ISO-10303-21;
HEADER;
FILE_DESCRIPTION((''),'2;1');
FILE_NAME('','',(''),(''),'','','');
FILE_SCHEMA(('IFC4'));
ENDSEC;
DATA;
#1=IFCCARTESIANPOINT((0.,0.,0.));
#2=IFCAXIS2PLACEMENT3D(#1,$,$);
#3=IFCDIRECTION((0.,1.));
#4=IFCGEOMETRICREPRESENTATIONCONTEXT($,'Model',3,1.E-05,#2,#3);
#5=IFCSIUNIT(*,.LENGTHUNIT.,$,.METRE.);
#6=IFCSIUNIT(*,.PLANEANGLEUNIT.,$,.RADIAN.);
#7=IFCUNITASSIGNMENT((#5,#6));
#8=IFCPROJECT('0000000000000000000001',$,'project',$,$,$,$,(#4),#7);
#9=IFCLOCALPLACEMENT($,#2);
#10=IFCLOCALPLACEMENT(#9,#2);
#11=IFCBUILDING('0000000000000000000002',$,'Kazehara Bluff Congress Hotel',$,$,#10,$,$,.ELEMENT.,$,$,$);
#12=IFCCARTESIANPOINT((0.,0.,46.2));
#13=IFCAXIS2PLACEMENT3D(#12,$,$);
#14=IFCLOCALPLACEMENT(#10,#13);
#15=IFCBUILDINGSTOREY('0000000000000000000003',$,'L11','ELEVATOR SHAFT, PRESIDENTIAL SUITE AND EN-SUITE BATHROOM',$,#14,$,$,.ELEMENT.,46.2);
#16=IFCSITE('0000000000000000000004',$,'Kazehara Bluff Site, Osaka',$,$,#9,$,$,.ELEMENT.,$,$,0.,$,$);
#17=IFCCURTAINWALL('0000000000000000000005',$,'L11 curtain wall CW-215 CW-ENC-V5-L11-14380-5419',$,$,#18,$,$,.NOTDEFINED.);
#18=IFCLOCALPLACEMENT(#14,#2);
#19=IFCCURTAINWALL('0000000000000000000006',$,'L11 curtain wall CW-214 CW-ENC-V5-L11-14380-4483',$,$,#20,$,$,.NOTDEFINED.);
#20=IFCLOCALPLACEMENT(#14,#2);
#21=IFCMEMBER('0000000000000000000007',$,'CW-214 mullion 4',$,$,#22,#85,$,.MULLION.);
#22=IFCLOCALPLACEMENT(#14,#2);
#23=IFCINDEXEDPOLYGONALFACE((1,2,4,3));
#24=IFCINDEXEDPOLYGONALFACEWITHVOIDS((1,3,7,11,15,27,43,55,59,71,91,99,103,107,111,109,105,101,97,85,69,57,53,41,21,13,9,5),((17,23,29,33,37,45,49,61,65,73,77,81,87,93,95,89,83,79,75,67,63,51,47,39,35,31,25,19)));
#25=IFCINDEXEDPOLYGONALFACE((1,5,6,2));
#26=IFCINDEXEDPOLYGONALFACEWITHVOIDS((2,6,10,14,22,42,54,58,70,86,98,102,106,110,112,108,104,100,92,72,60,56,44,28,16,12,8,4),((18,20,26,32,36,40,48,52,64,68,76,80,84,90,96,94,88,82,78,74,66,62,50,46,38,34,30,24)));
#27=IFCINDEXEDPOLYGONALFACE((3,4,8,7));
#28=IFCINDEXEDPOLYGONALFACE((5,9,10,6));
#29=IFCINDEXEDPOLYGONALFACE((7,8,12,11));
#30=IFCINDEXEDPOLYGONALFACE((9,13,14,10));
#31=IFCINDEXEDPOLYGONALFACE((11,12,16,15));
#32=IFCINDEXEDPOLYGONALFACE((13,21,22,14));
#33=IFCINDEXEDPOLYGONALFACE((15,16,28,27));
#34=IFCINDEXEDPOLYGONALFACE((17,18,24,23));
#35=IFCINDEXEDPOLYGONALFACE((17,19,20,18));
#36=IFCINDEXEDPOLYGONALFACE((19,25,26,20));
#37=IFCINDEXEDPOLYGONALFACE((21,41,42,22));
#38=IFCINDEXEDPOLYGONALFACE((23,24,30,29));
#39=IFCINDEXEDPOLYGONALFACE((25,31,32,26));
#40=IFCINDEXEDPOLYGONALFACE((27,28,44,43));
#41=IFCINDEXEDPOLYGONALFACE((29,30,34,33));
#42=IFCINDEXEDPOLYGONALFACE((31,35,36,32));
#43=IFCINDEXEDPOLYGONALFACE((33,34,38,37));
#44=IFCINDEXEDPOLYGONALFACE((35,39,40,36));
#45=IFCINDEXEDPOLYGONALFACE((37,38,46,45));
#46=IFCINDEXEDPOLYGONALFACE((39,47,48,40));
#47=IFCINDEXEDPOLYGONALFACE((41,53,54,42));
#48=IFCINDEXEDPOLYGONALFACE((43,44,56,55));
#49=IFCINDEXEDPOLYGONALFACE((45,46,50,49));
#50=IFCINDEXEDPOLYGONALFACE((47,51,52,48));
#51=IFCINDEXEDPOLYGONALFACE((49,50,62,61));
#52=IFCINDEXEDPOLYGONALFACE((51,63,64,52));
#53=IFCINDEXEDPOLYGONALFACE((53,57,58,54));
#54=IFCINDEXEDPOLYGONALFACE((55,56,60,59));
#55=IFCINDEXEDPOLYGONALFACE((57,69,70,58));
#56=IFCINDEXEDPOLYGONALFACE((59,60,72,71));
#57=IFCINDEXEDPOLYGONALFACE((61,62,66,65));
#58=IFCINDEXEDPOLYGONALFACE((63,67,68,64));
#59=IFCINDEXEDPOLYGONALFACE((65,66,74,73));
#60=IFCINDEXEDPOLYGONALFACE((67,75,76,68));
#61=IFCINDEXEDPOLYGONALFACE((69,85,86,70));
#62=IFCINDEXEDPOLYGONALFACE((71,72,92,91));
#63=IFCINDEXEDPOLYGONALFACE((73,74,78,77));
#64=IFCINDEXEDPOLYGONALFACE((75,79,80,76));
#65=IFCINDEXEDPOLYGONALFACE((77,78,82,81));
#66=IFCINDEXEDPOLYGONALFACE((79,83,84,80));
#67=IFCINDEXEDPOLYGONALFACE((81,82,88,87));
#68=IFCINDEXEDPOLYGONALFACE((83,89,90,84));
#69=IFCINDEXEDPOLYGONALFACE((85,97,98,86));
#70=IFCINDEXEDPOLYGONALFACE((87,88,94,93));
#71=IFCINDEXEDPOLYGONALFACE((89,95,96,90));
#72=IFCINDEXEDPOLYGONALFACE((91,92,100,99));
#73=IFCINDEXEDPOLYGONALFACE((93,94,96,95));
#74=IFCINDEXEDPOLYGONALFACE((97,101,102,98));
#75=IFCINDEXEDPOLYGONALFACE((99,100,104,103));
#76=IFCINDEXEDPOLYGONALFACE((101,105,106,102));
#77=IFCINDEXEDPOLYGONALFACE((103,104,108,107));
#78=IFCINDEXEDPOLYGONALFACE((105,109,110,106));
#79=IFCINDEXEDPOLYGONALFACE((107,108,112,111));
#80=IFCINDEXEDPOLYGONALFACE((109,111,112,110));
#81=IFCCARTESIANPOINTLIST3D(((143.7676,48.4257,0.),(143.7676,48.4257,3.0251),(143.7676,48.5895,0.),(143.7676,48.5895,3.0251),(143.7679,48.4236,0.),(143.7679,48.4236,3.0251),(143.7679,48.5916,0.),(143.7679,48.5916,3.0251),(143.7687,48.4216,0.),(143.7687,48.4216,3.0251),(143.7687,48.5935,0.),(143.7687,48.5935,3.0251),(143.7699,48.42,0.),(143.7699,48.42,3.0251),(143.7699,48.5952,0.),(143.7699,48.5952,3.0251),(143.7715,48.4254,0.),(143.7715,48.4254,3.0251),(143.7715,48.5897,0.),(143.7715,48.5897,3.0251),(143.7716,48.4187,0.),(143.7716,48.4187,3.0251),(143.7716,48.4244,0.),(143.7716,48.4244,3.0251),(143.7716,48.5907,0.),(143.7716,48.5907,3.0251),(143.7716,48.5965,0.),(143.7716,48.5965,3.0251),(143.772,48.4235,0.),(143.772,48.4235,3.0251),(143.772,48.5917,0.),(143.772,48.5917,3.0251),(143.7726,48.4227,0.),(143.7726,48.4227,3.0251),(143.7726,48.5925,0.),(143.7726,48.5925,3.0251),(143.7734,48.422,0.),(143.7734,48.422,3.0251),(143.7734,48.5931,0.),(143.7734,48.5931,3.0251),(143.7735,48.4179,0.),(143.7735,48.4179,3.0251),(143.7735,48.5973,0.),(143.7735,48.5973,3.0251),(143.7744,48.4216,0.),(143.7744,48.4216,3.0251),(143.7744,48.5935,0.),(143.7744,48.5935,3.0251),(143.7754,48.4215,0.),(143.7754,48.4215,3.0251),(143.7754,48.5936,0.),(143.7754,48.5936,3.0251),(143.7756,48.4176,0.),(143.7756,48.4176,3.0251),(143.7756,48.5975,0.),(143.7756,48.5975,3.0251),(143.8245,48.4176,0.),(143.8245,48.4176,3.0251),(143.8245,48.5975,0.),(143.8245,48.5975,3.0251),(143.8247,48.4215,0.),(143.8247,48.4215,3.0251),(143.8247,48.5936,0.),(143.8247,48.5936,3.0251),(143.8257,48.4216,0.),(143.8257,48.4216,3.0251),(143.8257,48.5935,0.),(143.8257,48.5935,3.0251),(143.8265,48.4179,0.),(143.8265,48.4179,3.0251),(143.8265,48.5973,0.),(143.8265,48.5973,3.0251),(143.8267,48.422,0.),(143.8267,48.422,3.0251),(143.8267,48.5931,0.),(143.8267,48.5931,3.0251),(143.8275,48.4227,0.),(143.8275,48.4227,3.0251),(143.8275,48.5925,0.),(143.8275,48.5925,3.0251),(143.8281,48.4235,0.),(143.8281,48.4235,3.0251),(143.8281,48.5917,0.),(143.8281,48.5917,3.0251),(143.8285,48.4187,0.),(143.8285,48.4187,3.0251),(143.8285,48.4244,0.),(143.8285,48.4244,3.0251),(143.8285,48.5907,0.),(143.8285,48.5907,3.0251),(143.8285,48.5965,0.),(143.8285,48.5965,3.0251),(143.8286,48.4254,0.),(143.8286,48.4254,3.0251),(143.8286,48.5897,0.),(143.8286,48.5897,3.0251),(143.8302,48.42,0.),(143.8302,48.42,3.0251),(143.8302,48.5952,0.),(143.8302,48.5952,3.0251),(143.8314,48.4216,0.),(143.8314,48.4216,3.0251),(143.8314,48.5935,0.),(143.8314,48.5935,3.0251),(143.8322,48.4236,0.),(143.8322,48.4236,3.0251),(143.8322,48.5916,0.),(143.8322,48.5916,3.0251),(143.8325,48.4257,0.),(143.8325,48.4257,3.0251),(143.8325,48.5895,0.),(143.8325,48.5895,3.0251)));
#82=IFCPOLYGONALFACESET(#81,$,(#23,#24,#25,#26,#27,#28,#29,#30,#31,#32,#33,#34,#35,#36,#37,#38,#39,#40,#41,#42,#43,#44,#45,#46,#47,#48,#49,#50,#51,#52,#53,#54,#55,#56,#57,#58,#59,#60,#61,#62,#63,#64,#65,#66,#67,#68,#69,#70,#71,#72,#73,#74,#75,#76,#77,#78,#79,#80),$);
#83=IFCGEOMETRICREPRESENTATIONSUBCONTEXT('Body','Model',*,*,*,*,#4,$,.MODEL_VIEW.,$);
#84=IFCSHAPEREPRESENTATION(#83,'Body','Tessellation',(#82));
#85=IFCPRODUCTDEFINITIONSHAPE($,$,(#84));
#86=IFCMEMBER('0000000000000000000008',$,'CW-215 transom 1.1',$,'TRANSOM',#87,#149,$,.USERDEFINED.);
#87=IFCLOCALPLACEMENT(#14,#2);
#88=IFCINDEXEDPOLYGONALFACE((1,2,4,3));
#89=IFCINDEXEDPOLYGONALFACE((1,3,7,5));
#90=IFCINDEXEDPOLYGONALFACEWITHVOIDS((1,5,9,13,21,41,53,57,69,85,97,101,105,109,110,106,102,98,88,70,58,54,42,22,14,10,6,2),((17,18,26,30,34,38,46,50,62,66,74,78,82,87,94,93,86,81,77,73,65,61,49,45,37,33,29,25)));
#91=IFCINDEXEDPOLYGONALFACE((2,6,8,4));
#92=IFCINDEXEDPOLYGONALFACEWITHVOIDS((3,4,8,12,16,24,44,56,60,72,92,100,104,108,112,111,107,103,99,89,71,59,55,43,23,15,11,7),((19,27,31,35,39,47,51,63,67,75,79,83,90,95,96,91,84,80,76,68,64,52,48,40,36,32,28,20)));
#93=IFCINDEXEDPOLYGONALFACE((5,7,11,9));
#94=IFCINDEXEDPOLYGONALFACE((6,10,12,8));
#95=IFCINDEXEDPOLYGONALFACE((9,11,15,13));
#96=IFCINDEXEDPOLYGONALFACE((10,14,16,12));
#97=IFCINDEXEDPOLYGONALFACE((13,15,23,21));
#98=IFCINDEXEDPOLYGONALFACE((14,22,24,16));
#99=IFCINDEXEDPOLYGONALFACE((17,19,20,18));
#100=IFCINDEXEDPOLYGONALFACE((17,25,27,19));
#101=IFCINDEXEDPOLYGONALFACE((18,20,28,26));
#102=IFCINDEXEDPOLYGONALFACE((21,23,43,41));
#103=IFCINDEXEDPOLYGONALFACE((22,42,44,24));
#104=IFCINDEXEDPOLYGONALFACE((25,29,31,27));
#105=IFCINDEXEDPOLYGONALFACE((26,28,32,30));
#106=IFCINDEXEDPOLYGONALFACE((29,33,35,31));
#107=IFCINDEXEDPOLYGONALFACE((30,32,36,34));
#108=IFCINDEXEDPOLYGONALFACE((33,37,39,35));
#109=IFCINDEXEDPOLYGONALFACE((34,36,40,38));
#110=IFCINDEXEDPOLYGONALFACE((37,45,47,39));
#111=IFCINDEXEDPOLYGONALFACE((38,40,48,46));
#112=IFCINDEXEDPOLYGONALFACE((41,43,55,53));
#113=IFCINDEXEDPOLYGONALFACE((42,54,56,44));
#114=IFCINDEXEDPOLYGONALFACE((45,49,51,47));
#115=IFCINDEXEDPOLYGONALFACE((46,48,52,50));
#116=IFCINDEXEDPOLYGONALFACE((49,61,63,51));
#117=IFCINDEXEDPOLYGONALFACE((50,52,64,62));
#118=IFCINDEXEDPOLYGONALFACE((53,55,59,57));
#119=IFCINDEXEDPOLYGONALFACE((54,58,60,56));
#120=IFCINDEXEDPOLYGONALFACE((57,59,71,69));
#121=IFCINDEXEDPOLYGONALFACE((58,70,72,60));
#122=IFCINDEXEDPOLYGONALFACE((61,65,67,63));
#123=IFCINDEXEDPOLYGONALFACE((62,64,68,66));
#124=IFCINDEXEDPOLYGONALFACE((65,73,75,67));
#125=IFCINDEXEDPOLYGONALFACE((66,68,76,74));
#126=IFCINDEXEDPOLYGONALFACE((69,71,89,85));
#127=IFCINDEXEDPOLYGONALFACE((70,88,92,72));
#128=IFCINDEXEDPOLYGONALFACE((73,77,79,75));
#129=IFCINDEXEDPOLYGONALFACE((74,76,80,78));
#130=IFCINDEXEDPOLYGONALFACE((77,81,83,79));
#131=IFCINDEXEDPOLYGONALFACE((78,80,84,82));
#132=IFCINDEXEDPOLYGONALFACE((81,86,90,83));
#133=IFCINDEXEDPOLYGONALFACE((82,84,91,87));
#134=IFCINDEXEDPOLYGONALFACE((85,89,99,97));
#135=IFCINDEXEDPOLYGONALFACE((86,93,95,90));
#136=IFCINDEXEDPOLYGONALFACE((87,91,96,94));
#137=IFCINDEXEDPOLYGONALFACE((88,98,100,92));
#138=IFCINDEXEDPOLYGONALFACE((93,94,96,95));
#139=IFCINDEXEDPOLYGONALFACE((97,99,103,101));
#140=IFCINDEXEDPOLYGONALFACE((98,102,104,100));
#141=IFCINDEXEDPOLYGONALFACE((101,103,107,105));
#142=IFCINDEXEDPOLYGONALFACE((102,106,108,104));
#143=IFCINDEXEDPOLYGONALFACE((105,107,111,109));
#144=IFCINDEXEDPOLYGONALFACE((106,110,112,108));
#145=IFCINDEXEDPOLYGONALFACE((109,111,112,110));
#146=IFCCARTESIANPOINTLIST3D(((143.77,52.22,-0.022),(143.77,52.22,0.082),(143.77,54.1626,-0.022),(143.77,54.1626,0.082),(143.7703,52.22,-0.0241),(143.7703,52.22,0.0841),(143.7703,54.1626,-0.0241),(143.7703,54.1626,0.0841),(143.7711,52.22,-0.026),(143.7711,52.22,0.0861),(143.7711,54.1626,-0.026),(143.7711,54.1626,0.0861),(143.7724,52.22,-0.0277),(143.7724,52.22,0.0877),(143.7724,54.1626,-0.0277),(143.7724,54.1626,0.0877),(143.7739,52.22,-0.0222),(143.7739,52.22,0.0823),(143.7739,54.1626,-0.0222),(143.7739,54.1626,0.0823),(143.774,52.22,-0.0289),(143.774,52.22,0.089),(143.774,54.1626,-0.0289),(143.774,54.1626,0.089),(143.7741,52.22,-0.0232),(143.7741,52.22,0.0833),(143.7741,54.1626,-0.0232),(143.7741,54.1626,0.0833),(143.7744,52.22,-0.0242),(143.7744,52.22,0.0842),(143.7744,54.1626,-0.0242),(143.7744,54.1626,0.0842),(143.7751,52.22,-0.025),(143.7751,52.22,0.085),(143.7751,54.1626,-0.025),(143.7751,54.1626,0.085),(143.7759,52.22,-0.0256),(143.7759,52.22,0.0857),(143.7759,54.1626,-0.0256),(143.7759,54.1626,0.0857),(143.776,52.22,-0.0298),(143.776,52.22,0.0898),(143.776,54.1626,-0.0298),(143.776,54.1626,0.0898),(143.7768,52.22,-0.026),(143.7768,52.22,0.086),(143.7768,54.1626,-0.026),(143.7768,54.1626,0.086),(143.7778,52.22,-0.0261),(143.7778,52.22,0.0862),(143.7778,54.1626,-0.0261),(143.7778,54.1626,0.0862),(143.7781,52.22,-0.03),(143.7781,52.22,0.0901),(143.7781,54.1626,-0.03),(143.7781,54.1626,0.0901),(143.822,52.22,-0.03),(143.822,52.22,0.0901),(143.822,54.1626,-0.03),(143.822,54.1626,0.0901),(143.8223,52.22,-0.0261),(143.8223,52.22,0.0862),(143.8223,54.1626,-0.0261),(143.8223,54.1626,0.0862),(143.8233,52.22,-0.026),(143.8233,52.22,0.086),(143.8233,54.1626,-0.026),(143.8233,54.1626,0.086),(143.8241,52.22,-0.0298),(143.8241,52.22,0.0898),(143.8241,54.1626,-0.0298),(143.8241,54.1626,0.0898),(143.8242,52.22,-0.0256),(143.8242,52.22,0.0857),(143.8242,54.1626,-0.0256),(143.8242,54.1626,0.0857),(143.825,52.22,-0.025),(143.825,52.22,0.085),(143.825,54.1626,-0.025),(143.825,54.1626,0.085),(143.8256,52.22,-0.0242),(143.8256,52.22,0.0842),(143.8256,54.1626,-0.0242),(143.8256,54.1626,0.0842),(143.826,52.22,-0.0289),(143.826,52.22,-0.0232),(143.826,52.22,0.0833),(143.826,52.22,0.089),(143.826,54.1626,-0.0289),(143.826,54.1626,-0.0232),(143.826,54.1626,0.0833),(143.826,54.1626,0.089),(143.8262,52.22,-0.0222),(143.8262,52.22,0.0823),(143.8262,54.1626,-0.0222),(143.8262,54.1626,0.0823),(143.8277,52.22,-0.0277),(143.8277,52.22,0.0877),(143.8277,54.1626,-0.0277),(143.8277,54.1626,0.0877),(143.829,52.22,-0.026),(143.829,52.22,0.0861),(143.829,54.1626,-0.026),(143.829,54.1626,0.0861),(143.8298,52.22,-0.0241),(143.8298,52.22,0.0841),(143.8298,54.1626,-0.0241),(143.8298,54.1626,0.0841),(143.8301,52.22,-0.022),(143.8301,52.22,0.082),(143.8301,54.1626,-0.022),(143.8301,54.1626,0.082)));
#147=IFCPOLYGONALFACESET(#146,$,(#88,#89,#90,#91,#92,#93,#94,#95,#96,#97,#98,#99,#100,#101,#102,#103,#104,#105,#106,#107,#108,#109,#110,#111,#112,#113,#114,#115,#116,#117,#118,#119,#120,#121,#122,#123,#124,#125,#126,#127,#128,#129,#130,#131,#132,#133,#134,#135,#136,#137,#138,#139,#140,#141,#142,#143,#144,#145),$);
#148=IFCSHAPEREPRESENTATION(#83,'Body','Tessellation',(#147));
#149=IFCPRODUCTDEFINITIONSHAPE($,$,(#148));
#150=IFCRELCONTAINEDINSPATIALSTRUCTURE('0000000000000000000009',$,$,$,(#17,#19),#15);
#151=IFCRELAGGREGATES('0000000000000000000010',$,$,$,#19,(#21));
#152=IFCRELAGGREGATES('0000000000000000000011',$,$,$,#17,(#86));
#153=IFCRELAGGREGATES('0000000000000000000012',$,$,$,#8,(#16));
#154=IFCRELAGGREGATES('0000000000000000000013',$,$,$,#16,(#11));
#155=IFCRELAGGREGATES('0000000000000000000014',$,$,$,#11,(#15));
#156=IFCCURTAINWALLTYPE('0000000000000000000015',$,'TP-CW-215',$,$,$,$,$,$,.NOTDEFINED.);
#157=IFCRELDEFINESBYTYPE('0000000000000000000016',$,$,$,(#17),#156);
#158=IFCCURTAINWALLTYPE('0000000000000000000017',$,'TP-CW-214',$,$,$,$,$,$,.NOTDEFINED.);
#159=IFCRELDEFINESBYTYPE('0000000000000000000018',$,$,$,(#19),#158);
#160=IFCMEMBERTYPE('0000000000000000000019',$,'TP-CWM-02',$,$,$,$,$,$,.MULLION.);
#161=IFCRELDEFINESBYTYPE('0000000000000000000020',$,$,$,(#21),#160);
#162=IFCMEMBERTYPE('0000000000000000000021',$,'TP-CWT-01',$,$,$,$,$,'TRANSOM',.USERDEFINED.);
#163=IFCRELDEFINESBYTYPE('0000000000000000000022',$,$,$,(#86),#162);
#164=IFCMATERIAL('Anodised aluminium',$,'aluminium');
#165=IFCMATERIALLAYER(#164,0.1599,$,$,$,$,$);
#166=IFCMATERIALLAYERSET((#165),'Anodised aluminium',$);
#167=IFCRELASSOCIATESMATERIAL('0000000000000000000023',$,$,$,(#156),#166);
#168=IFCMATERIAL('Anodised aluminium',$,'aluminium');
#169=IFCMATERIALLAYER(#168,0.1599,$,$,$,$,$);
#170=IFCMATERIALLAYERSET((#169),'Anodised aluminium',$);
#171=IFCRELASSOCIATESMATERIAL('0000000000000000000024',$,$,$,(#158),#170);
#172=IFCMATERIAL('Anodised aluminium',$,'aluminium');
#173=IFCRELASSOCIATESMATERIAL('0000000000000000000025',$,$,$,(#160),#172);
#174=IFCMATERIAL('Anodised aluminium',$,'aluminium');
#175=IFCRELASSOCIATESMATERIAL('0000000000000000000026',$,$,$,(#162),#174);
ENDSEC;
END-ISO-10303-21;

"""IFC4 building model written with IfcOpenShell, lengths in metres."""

from ifc_helpers import new_model, si_unit, direction, frame, origin, origin_2d, place, context, subcontext, project, spatial, hollow_rectangle, extrude, material, layer, layer_set, material_profile, profile_set, type_object, element, aggregate, save


model = new_model("IFC4")

# Units and contexts
model_context = context("Model", 3, precision=1e-05, world=origin(), true_north=direction((0.0, 1.0)))
body_context = subcontext(model_context, "Body", "Model", "MODEL_VIEW")
ifc_project = project(units=[si_unit("LENGTHUNIT", "METRE"), si_unit("PLANEANGLEUNIT", "RADIAN")], contexts=[model_context])

# Site, building, storey
site_placement = place(None, origin())
site = spatial("IfcSite", under=ifc_project, at=site_placement, Name="Kazehara Bluff Site, Osaka", CompositionType="ELEMENT", RefElevation=0.0)
building_placement = place(site_placement, origin())
building = spatial("IfcBuilding", under=site, at=building_placement, Name="Kazehara Bluff Congress Hotel", CompositionType="ELEMENT")
storey_placement = place(building_placement, frame((0.0, 0.0, 46.2)))
storey = spatial("IfcBuildingStorey", under=building, at=storey_placement, Name="L11", Description="ELEVATOR SHAFT, PRESIDENTIAL SUITE AND EN-SUITE BATHROOM", CompositionType="ELEMENT", Elevation=46.2)

# Curtain wall
ifc_material_1 = material(Name="Anodised aluminium", Category="aluminium")
ifc_layer_1 = layer(ifc_material_1, 0.1599)
ifc_layer_set_1 = layer_set([ifc_layer_1], Name="Anodised aluminium")
curtain_wall_type_1 = type_object("IfcCurtainWallType", Name="TP-CW-215", PredefinedType="NOTDEFINED", material=ifc_layer_set_1)
curtain_wall_1_placement = place(storey_placement, origin())
curtain_wall_1 = element("IfcCurtainWall", 1, at=curtain_wall_1_placement, inside=storey, type_object=curtain_wall_type_1, Name="L11 curtain wall CW-215 CW-ENC-V5-L11-14380-5419", PredefinedType="NOTDEFINED")

# Curtain wall, member
ifc_material_2 = material(Name="Anodised aluminium", Category="aluminium")
ifc_layer_2 = layer(ifc_material_2, 0.1599)
ifc_layer_set_2 = layer_set([ifc_layer_2], Name="Anodised aluminium")
curtain_wall_type_2 = type_object("IfcCurtainWallType", Name="TP-CW-214", PredefinedType="NOTDEFINED", material=ifc_layer_set_2)
curtain_wall_2_placement = place(storey_placement, origin())
curtain_wall_2 = element("IfcCurtainWall", 2, at=curtain_wall_2_placement, inside=storey, type_object=curtain_wall_type_2, Name="L11 curtain wall CW-214 CW-ENC-V5-L11-14380-4483", PredefinedType="NOTDEFINED")
ifc_material_3 = material(Name="Anodised aluminium", Category="aluminium")
ifc_material_profile_1 = material_profile(ifc_material_3, hollow_rectangle(XDim=0.0649, YDim=0.1799, WallThickness=0.0039, InnerFilletRadius=0.0039, OuterFilletRadius=0.0081, at=origin_2d()))
ifc_profile_set_1 = profile_set([ifc_material_profile_1], Name="Anodised aluminium")
member_type_1 = type_object("IfcMemberType", Name="TP-CWM-02", PredefinedType="MULLION", material=ifc_profile_set_1)
member_1_placement = place(storey_placement, frame((143.8, 48.5076, 0.0), z_axis=(0.0, 0.0, 1.0), x_axis=(-1.0, 0.0, 0.0)))
member_1 = element("IfcMember", 3, at=member_1_placement, type_object=member_type_1, Name="CW-214 mullion 4", PredefinedType="MULLION", context=body_context, shape_type="SweptSolid", body=[
    extrude(hollow_rectangle(XDim=0.0649, YDim=0.1799, WallThickness=0.0039, InnerFilletRadius=0.0039, OuterFilletRadius=0.0081, at=origin_2d()), origin(), (0.0, 0.0, 1.0), 3.0251),
])

# Member
ifc_material_4 = material(Name="Anodised aluminium", Category="aluminium")
ifc_material_profile_2 = material_profile(ifc_material_4, hollow_rectangle(XDim=0.0601, YDim=0.1201, WallThickness=0.0039, InnerFilletRadius=0.0039, OuterFilletRadius=0.0081, at=origin_2d()))
ifc_profile_set_2 = profile_set([ifc_material_profile_2], Name="Anodised aluminium")
member_type_2 = type_object("IfcMemberType", Name="TP-CWT-01", ElementType="TRANSOM", PredefinedType="USERDEFINED", material=ifc_profile_set_2)
member_2_placement = place(storey_placement, frame((143.8, 52.22, 0.03), z_axis=(0.0, 1.0, 0.0), x_axis=(-1.0, 0.0, 0.0)))
member_2 = element("IfcMember", 4, at=member_2_placement, type_object=member_type_2, Name="CW-215 transom 1.1", ObjectType="TRANSOM", PredefinedType="USERDEFINED", context=body_context, shape_type="SweptSolid", body=[
    extrude(hollow_rectangle(XDim=0.0601, YDim=0.1201, WallThickness=0.0039, InnerFilletRadius=0.0039, OuterFilletRadius=0.0081, at=origin_2d()), origin(), (0.0, 0.0, 1.0), 1.9426),
])

aggregate(curtain_wall_2, [member_1])
aggregate(curtain_wall_1, [member_2])

save(model, "model.ifc")
